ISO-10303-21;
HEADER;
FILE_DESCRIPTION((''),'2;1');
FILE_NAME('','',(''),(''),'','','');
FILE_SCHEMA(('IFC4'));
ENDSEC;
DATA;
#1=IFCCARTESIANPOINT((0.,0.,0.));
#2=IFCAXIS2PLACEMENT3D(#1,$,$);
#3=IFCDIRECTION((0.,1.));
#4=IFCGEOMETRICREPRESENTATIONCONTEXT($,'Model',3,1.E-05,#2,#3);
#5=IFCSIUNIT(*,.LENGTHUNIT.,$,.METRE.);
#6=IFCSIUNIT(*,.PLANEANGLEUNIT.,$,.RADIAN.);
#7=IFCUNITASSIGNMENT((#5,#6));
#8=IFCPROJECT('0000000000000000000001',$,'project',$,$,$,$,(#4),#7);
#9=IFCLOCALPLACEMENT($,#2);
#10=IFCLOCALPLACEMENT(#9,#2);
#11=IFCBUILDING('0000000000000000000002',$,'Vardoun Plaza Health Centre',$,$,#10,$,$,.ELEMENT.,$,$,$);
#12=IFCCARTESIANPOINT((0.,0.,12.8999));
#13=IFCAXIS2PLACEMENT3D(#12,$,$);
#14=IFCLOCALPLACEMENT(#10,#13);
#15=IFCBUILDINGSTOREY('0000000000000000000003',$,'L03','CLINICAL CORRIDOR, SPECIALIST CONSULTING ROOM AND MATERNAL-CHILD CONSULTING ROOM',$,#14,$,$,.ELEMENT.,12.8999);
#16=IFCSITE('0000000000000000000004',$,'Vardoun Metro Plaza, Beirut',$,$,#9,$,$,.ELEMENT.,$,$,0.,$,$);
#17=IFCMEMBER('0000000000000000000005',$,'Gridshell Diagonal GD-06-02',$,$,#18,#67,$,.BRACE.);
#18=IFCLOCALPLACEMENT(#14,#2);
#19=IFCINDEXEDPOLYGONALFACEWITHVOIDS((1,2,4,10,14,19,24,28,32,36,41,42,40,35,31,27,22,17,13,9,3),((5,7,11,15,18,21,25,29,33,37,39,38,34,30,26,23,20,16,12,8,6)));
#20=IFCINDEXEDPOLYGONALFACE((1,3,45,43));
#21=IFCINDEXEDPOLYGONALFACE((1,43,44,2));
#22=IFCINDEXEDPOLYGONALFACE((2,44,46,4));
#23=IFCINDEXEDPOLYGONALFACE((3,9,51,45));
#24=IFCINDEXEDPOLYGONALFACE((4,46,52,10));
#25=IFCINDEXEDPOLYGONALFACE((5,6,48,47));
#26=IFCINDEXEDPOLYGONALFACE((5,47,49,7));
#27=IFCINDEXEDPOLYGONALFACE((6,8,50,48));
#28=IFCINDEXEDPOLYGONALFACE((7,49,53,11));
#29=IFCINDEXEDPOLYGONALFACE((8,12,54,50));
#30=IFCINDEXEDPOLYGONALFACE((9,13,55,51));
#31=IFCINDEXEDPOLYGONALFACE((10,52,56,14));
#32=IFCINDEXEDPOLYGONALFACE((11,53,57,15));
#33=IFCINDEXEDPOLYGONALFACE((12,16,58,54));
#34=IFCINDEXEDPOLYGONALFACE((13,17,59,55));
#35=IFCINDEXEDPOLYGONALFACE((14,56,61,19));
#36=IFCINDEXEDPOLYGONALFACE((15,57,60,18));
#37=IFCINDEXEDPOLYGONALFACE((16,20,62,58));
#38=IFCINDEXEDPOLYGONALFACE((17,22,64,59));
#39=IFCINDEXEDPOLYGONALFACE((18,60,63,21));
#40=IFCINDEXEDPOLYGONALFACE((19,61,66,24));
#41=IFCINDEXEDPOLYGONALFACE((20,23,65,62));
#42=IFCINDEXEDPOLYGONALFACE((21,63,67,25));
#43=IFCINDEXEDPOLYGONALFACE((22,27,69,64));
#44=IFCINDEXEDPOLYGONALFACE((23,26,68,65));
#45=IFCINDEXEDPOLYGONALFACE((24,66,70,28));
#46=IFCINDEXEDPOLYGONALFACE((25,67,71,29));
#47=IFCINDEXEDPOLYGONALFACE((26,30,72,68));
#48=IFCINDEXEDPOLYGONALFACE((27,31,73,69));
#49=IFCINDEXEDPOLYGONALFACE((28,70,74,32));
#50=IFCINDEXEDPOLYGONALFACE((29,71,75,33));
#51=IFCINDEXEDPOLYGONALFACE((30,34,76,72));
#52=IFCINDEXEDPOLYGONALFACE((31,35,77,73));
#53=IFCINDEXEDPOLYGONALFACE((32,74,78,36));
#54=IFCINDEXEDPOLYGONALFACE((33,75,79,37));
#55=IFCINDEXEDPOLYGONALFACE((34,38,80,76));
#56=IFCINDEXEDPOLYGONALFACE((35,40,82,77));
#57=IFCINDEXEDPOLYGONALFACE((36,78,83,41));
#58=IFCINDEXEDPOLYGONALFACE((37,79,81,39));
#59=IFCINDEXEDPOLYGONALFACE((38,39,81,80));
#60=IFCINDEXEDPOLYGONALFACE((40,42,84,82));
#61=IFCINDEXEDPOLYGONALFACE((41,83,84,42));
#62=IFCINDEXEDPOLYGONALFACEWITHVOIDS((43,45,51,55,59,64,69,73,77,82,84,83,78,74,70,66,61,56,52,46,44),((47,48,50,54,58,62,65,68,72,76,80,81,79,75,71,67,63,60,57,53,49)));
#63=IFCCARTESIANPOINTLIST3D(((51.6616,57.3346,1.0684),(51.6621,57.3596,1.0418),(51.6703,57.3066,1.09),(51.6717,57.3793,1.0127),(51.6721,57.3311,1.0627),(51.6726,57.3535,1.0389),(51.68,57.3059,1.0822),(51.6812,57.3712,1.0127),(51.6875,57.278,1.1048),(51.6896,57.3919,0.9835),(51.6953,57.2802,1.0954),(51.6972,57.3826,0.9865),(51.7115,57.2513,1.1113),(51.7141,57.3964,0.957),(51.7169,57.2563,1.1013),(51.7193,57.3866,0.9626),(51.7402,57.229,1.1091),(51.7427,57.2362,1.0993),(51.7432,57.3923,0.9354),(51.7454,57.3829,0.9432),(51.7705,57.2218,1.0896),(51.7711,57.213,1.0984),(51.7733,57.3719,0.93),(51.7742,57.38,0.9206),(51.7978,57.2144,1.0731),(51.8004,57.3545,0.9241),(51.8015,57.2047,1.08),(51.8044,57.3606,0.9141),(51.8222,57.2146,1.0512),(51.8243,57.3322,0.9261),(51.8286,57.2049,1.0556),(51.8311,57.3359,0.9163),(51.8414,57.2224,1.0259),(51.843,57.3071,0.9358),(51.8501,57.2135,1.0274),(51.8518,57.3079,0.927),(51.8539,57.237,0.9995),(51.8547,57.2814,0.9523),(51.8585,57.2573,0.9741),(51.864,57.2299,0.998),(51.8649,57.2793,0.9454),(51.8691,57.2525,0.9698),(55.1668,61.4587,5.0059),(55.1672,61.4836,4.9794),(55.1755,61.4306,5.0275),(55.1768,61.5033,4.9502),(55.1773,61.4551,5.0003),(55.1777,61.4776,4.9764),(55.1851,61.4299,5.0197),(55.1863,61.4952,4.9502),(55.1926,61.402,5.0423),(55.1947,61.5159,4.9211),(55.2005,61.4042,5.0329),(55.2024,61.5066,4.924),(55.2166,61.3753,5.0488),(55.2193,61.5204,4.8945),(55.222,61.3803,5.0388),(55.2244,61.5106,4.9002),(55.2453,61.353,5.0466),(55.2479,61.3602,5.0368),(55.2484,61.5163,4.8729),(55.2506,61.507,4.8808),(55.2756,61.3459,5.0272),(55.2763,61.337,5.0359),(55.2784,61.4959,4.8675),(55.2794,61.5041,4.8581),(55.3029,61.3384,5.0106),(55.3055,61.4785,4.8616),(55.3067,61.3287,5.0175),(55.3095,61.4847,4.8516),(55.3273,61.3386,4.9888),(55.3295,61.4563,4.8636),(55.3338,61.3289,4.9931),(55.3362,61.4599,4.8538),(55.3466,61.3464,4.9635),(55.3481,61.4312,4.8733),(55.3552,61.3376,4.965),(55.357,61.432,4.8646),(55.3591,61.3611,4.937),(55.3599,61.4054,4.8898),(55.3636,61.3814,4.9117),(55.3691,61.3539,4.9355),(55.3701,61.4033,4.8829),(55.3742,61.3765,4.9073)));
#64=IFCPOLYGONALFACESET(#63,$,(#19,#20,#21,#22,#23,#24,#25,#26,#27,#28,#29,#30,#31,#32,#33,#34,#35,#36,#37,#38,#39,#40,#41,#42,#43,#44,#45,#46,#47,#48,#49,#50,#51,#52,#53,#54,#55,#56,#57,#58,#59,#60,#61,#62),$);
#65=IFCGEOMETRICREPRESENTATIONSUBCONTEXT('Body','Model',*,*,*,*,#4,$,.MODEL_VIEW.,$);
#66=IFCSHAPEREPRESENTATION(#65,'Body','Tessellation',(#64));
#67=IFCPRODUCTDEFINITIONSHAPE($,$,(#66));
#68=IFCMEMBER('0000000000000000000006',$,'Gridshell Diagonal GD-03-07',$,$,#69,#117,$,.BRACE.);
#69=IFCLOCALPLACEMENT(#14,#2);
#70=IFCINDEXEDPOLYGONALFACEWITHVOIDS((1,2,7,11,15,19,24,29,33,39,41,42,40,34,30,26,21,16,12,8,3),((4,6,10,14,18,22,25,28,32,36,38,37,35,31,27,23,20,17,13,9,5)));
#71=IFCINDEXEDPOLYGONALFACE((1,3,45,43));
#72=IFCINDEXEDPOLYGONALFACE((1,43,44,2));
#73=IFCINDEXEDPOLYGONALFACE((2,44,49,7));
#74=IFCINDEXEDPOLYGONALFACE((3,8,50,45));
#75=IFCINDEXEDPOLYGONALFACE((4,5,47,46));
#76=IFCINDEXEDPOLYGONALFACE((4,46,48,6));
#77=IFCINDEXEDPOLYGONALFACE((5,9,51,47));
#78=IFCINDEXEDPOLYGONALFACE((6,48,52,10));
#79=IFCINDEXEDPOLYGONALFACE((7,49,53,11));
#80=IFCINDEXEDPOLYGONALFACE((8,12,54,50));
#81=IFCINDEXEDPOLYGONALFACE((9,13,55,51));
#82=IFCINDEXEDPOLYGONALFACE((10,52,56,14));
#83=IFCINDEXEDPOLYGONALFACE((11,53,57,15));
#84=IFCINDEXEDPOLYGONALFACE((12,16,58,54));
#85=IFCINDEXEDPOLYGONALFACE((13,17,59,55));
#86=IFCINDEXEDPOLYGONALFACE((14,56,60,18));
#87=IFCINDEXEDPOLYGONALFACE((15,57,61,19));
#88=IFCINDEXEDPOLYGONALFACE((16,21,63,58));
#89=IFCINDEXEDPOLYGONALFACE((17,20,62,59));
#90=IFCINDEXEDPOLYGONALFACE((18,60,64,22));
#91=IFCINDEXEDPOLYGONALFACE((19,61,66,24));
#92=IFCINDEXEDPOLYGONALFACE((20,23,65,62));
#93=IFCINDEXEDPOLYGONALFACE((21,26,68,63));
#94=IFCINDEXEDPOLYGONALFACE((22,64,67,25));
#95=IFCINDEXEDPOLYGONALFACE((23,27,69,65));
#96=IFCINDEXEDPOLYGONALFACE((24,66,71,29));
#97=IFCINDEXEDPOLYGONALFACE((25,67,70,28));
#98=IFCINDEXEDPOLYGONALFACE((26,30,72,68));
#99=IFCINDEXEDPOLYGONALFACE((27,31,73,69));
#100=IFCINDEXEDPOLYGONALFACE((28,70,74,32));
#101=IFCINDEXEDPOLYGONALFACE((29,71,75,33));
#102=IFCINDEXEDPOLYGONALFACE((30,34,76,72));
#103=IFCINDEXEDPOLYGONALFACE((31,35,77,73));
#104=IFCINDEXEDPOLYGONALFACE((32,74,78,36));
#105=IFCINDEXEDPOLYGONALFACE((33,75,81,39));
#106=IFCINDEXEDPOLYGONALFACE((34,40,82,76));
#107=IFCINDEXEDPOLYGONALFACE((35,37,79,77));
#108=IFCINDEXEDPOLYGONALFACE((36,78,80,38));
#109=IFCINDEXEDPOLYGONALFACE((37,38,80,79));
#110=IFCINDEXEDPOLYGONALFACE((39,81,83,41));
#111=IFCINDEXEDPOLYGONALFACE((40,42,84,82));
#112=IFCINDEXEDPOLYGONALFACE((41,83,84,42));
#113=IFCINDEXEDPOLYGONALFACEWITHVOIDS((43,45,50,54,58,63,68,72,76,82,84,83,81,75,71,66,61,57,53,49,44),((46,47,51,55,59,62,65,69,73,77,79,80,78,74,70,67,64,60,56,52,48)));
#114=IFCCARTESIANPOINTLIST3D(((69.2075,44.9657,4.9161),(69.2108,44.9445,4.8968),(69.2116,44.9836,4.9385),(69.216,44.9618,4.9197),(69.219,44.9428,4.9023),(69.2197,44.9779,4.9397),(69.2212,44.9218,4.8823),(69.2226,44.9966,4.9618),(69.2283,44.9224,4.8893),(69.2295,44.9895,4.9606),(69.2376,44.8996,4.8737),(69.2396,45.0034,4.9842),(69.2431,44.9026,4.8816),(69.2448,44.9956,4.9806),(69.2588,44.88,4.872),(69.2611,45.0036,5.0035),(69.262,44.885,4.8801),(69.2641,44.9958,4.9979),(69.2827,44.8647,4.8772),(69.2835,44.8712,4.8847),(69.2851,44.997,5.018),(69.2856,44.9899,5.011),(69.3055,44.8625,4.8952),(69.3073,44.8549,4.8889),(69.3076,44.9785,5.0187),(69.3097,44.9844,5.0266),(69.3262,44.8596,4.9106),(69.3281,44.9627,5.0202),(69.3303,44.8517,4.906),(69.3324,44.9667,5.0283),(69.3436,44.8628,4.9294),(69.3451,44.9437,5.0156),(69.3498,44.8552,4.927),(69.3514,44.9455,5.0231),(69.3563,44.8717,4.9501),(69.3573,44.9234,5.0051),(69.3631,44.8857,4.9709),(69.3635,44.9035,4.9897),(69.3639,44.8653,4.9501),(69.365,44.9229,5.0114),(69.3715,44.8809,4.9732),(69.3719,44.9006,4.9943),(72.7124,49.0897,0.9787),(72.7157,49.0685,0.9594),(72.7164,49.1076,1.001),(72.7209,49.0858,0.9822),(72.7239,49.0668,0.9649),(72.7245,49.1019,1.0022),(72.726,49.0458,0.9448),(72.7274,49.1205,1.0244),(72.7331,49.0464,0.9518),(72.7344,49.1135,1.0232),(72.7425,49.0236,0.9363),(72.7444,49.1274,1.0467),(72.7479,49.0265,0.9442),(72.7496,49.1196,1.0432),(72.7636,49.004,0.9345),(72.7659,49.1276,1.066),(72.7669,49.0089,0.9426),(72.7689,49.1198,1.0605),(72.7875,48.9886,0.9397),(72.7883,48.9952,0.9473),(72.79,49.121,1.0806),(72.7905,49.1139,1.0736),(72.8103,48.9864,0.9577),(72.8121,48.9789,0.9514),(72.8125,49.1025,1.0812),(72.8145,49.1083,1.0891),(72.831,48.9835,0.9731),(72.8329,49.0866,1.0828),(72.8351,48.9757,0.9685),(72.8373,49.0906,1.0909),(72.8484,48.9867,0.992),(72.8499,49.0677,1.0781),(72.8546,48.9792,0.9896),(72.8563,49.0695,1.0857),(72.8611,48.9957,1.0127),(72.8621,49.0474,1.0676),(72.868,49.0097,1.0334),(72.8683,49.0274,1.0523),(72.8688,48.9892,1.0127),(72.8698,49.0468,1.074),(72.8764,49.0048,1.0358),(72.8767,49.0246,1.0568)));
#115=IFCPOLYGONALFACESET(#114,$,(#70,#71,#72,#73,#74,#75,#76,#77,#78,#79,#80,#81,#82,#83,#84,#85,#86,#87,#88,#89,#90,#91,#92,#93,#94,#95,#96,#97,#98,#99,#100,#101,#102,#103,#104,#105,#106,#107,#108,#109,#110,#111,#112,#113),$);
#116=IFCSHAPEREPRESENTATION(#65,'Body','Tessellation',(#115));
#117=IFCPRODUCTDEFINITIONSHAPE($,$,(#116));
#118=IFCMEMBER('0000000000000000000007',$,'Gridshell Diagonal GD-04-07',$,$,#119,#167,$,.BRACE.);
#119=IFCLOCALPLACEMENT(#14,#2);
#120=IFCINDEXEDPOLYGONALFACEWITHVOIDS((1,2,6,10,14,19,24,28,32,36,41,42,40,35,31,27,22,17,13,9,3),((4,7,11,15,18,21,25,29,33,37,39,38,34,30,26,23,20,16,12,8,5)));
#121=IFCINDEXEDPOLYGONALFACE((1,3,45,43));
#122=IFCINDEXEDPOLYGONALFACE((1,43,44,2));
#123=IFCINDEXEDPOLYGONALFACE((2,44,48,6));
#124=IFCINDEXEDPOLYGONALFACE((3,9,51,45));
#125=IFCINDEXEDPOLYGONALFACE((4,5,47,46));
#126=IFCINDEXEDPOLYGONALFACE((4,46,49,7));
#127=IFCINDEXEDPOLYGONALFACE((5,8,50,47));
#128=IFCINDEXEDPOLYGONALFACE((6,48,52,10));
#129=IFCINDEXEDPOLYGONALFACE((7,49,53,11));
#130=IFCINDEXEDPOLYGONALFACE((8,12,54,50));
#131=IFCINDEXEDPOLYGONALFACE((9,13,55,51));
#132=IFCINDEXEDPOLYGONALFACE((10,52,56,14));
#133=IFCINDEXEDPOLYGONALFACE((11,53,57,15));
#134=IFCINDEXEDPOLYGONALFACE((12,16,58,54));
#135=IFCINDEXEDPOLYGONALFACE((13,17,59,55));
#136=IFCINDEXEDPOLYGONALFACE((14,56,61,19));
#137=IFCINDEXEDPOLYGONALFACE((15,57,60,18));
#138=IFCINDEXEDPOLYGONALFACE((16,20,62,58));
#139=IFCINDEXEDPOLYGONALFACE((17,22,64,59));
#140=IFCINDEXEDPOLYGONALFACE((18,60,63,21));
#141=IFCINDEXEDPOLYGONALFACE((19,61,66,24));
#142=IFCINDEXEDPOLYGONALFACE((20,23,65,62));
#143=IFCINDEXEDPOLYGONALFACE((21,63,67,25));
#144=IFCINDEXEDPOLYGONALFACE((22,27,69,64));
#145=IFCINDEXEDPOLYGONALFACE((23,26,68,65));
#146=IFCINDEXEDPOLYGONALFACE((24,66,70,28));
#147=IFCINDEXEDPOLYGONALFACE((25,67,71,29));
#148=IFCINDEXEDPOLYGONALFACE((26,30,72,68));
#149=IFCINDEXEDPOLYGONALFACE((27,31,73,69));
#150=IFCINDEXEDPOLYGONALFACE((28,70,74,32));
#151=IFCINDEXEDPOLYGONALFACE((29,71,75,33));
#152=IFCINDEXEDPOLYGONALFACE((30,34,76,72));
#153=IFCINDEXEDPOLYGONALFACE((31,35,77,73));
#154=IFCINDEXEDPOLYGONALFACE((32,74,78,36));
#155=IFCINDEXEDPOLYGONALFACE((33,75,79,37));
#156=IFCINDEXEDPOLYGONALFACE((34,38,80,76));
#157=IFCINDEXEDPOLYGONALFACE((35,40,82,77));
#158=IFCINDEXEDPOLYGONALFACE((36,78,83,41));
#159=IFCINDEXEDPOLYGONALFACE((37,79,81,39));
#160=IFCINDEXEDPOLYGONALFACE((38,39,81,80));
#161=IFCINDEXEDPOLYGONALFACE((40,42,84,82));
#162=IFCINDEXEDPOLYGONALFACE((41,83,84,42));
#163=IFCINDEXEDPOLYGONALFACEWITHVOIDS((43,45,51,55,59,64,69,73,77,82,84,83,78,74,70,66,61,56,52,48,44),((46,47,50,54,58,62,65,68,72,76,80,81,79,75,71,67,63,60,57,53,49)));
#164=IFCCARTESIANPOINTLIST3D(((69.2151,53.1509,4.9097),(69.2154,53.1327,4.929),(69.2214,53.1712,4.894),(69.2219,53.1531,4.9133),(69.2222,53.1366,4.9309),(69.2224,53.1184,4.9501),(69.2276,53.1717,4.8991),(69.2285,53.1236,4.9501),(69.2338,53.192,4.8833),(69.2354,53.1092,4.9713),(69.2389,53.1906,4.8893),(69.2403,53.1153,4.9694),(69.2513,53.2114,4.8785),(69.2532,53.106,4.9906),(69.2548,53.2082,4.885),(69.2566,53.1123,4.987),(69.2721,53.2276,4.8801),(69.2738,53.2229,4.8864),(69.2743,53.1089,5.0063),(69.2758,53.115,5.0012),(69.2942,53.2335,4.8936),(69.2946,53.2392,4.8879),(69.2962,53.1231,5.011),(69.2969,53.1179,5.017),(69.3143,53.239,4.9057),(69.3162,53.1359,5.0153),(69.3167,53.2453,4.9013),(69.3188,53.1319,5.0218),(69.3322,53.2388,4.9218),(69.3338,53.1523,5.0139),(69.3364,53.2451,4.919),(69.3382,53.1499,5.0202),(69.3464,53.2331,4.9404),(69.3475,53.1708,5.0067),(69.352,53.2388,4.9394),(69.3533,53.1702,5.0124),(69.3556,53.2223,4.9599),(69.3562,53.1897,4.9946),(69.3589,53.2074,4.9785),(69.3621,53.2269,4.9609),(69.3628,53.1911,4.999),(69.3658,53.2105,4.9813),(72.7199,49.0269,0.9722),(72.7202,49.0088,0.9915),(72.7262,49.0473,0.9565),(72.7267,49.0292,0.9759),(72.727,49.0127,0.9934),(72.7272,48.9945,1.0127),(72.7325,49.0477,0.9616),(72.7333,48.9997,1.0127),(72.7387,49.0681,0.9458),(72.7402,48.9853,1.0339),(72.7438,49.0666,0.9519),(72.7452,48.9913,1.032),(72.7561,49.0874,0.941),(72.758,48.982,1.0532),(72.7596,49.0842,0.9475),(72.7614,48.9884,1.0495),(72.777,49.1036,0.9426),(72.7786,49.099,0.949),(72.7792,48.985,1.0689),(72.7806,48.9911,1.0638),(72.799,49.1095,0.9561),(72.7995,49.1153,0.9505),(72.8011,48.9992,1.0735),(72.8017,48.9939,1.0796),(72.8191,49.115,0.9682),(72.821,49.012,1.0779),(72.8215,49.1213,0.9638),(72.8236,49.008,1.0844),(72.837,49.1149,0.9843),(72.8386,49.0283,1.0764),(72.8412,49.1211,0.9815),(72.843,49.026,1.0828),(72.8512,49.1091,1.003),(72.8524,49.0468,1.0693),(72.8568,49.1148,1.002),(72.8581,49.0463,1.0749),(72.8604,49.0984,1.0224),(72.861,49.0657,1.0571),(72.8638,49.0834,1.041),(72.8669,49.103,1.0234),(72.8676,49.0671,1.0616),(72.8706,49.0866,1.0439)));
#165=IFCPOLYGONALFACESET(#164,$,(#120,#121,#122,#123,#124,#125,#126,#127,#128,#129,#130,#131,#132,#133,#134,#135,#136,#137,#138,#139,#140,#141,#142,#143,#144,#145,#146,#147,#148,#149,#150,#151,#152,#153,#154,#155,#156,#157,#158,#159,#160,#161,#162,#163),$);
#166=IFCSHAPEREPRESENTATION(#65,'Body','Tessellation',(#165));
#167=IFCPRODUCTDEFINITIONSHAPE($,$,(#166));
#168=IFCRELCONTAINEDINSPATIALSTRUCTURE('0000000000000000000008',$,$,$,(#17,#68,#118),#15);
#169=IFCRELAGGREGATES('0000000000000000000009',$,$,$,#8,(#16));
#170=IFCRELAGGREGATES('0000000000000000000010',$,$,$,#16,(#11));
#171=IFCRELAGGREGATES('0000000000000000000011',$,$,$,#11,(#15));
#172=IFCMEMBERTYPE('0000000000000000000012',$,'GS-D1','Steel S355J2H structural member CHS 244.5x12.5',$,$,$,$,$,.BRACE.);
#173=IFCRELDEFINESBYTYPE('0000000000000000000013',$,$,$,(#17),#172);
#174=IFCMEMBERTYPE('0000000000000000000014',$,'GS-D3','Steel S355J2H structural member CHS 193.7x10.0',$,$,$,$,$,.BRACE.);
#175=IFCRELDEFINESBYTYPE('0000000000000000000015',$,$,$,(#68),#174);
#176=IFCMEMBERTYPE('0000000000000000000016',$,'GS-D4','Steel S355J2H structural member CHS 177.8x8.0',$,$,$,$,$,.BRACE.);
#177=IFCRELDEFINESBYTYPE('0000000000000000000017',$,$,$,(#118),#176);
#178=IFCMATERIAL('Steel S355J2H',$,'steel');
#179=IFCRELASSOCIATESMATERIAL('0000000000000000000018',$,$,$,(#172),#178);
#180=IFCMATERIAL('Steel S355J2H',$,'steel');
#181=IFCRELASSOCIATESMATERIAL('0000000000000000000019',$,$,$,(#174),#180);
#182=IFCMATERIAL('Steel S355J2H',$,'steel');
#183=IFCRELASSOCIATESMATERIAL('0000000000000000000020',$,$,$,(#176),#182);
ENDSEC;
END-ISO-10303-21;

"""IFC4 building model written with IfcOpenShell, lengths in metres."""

from ifc_helpers import new_model, si_unit, direction, frame, origin, origin_2d, place, context, subcontext, project, spatial, hollow_circle, extrude, material, material_profile, profile_set, type_object, element, save


model = new_model("IFC4")

# Units and contexts
model_context = context("Model", 3, precision=1e-05, world=origin(), true_north=direction((0.0, 1.0)))
body_context = subcontext(model_context, "Body", "Model", "MODEL_VIEW")
ifc_project = project(units=[si_unit("LENGTHUNIT", "METRE"), si_unit("PLANEANGLEUNIT", "RADIAN")], contexts=[model_context])

# Site, building, storey
site_placement = place(None, origin())
site = spatial("IfcSite", under=ifc_project, at=site_placement, Name="Vardoun Metro Plaza, Beirut", CompositionType="ELEMENT", RefElevation=0.0)
building_placement = place(site_placement, origin())
building = spatial("IfcBuilding", under=site, at=building_placement, Name="Vardoun Plaza Health Centre", CompositionType="ELEMENT")
storey_placement = place(building_placement, frame((0.0, 0.0, 12.8999)))
storey = spatial("IfcBuildingStorey", under=building, at=storey_placement, Name="L03", Description="CLINICAL CORRIDOR, SPECIALIST CONSULTING ROOM AND MATERNAL-CHILD CONSULTING ROOM", CompositionType="ELEMENT", Elevation=12.8999)

# Members
ifc_material_1 = material(Name="Steel S355J2H", Category="steel")
ifc_material_profile_1 = material_profile(ifc_material_1, hollow_circle(Radius=0.1223, WallThickness=0.0125, at=origin_2d()), Name="CHS 244.5x12.5")
ifc_profile_set_1 = profile_set([ifc_material_profile_1], Name="Steel S355J2H")
member_type_1 = type_object("IfcMemberType", Name="GS-D1", Description="Steel S355J2H structural member CHS 244.5x12.5", PredefinedType="BRACE", material=ifc_profile_set_1)
member_1_placement = place(storey_placement, frame((51.7649, 57.3, 1.0127), z_axis=(0.523694, 0.616162, 0.588294), x_axis=(-0.761966, 0.647617, 0.0)))
element("IfcMember", 1, at=member_1_placement, inside=storey, type_object=member_type_1, Name="Gridshell Diagonal GD-06-02", PredefinedType="BRACE", context=body_context, shape_type="SweptSolid", body=[
    extrude(hollow_circle(Radius=0.1223, WallThickness=0.0125, at=origin_2d()), origin(), (0.0, 0.0, 1.0), 6.6931),
])
ifc_material_2 = material(Name="Steel S355J2H", Category="steel")
ifc_material_profile_2 = material_profile(ifc_material_2, hollow_circle(Radius=0.0969, WallThickness=0.01, at=origin_2d()), Name="CHS 193.7x10.0")
ifc_profile_set_2 = profile_set([ifc_material_profile_2], Name="Steel S355J2H")
member_type_2 = type_object("IfcMemberType", Name="GS-D3", Description="Steel S355J2H structural member CHS 193.7x10.0", PredefinedType="BRACE", material=ifc_profile_set_2)
member_2_placement = place(storey_placement, frame((72.7949, 49.052, 1.0127), z_axis=(-0.523667, -0.616174, 0.588305), x_axis=(0.761988, -0.647591, 0.0)))
element("IfcMember", 2, at=member_2_placement, inside=storey, type_object=member_type_2, Name="Gridshell Diagonal GD-03-07", PredefinedType="BRACE", context=body_context, shape_type="SweptSolid", body=[
    extrude(hollow_circle(Radius=0.0969, WallThickness=0.01, at=origin_2d()), origin(), (0.0, 0.0, 1.0), 6.6929),
])
ifc_material_3 = material(Name="Steel S355J2H", Category="steel")
ifc_material_profile_3 = material_profile(ifc_material_3, hollow_circle(Radius=0.0889, WallThickness=0.0081, at=origin_2d()), Name="CHS 177.8x8.0")
ifc_profile_set_3 = profile_set([ifc_material_profile_3], Name="Steel S355J2H")
member_type_3 = type_object("IfcMemberType", Name="GS-D4", Description="Steel S355J2H structural member CHS 177.8x8.0", PredefinedType="BRACE", material=ifc_profile_set_3)
member_3_placement = place(storey_placement, frame((72.7949, 49.052, 1.0127), z_axis=(-0.523667, 0.616174, 0.588305), x_axis=(-0.761988, -0.647591, 0.0)))
element("IfcMember", 3, at=member_3_placement, inside=storey, type_object=member_type_3, Name="Gridshell Diagonal GD-04-07", PredefinedType="BRACE", context=body_context, shape_type="SweptSolid", body=[
    extrude(hollow_circle(Radius=0.0889, WallThickness=0.0081, at=origin_2d()), origin(), (0.0, 0.0, 1.0), 6.6929),
])

save(model, "model.ifc")
